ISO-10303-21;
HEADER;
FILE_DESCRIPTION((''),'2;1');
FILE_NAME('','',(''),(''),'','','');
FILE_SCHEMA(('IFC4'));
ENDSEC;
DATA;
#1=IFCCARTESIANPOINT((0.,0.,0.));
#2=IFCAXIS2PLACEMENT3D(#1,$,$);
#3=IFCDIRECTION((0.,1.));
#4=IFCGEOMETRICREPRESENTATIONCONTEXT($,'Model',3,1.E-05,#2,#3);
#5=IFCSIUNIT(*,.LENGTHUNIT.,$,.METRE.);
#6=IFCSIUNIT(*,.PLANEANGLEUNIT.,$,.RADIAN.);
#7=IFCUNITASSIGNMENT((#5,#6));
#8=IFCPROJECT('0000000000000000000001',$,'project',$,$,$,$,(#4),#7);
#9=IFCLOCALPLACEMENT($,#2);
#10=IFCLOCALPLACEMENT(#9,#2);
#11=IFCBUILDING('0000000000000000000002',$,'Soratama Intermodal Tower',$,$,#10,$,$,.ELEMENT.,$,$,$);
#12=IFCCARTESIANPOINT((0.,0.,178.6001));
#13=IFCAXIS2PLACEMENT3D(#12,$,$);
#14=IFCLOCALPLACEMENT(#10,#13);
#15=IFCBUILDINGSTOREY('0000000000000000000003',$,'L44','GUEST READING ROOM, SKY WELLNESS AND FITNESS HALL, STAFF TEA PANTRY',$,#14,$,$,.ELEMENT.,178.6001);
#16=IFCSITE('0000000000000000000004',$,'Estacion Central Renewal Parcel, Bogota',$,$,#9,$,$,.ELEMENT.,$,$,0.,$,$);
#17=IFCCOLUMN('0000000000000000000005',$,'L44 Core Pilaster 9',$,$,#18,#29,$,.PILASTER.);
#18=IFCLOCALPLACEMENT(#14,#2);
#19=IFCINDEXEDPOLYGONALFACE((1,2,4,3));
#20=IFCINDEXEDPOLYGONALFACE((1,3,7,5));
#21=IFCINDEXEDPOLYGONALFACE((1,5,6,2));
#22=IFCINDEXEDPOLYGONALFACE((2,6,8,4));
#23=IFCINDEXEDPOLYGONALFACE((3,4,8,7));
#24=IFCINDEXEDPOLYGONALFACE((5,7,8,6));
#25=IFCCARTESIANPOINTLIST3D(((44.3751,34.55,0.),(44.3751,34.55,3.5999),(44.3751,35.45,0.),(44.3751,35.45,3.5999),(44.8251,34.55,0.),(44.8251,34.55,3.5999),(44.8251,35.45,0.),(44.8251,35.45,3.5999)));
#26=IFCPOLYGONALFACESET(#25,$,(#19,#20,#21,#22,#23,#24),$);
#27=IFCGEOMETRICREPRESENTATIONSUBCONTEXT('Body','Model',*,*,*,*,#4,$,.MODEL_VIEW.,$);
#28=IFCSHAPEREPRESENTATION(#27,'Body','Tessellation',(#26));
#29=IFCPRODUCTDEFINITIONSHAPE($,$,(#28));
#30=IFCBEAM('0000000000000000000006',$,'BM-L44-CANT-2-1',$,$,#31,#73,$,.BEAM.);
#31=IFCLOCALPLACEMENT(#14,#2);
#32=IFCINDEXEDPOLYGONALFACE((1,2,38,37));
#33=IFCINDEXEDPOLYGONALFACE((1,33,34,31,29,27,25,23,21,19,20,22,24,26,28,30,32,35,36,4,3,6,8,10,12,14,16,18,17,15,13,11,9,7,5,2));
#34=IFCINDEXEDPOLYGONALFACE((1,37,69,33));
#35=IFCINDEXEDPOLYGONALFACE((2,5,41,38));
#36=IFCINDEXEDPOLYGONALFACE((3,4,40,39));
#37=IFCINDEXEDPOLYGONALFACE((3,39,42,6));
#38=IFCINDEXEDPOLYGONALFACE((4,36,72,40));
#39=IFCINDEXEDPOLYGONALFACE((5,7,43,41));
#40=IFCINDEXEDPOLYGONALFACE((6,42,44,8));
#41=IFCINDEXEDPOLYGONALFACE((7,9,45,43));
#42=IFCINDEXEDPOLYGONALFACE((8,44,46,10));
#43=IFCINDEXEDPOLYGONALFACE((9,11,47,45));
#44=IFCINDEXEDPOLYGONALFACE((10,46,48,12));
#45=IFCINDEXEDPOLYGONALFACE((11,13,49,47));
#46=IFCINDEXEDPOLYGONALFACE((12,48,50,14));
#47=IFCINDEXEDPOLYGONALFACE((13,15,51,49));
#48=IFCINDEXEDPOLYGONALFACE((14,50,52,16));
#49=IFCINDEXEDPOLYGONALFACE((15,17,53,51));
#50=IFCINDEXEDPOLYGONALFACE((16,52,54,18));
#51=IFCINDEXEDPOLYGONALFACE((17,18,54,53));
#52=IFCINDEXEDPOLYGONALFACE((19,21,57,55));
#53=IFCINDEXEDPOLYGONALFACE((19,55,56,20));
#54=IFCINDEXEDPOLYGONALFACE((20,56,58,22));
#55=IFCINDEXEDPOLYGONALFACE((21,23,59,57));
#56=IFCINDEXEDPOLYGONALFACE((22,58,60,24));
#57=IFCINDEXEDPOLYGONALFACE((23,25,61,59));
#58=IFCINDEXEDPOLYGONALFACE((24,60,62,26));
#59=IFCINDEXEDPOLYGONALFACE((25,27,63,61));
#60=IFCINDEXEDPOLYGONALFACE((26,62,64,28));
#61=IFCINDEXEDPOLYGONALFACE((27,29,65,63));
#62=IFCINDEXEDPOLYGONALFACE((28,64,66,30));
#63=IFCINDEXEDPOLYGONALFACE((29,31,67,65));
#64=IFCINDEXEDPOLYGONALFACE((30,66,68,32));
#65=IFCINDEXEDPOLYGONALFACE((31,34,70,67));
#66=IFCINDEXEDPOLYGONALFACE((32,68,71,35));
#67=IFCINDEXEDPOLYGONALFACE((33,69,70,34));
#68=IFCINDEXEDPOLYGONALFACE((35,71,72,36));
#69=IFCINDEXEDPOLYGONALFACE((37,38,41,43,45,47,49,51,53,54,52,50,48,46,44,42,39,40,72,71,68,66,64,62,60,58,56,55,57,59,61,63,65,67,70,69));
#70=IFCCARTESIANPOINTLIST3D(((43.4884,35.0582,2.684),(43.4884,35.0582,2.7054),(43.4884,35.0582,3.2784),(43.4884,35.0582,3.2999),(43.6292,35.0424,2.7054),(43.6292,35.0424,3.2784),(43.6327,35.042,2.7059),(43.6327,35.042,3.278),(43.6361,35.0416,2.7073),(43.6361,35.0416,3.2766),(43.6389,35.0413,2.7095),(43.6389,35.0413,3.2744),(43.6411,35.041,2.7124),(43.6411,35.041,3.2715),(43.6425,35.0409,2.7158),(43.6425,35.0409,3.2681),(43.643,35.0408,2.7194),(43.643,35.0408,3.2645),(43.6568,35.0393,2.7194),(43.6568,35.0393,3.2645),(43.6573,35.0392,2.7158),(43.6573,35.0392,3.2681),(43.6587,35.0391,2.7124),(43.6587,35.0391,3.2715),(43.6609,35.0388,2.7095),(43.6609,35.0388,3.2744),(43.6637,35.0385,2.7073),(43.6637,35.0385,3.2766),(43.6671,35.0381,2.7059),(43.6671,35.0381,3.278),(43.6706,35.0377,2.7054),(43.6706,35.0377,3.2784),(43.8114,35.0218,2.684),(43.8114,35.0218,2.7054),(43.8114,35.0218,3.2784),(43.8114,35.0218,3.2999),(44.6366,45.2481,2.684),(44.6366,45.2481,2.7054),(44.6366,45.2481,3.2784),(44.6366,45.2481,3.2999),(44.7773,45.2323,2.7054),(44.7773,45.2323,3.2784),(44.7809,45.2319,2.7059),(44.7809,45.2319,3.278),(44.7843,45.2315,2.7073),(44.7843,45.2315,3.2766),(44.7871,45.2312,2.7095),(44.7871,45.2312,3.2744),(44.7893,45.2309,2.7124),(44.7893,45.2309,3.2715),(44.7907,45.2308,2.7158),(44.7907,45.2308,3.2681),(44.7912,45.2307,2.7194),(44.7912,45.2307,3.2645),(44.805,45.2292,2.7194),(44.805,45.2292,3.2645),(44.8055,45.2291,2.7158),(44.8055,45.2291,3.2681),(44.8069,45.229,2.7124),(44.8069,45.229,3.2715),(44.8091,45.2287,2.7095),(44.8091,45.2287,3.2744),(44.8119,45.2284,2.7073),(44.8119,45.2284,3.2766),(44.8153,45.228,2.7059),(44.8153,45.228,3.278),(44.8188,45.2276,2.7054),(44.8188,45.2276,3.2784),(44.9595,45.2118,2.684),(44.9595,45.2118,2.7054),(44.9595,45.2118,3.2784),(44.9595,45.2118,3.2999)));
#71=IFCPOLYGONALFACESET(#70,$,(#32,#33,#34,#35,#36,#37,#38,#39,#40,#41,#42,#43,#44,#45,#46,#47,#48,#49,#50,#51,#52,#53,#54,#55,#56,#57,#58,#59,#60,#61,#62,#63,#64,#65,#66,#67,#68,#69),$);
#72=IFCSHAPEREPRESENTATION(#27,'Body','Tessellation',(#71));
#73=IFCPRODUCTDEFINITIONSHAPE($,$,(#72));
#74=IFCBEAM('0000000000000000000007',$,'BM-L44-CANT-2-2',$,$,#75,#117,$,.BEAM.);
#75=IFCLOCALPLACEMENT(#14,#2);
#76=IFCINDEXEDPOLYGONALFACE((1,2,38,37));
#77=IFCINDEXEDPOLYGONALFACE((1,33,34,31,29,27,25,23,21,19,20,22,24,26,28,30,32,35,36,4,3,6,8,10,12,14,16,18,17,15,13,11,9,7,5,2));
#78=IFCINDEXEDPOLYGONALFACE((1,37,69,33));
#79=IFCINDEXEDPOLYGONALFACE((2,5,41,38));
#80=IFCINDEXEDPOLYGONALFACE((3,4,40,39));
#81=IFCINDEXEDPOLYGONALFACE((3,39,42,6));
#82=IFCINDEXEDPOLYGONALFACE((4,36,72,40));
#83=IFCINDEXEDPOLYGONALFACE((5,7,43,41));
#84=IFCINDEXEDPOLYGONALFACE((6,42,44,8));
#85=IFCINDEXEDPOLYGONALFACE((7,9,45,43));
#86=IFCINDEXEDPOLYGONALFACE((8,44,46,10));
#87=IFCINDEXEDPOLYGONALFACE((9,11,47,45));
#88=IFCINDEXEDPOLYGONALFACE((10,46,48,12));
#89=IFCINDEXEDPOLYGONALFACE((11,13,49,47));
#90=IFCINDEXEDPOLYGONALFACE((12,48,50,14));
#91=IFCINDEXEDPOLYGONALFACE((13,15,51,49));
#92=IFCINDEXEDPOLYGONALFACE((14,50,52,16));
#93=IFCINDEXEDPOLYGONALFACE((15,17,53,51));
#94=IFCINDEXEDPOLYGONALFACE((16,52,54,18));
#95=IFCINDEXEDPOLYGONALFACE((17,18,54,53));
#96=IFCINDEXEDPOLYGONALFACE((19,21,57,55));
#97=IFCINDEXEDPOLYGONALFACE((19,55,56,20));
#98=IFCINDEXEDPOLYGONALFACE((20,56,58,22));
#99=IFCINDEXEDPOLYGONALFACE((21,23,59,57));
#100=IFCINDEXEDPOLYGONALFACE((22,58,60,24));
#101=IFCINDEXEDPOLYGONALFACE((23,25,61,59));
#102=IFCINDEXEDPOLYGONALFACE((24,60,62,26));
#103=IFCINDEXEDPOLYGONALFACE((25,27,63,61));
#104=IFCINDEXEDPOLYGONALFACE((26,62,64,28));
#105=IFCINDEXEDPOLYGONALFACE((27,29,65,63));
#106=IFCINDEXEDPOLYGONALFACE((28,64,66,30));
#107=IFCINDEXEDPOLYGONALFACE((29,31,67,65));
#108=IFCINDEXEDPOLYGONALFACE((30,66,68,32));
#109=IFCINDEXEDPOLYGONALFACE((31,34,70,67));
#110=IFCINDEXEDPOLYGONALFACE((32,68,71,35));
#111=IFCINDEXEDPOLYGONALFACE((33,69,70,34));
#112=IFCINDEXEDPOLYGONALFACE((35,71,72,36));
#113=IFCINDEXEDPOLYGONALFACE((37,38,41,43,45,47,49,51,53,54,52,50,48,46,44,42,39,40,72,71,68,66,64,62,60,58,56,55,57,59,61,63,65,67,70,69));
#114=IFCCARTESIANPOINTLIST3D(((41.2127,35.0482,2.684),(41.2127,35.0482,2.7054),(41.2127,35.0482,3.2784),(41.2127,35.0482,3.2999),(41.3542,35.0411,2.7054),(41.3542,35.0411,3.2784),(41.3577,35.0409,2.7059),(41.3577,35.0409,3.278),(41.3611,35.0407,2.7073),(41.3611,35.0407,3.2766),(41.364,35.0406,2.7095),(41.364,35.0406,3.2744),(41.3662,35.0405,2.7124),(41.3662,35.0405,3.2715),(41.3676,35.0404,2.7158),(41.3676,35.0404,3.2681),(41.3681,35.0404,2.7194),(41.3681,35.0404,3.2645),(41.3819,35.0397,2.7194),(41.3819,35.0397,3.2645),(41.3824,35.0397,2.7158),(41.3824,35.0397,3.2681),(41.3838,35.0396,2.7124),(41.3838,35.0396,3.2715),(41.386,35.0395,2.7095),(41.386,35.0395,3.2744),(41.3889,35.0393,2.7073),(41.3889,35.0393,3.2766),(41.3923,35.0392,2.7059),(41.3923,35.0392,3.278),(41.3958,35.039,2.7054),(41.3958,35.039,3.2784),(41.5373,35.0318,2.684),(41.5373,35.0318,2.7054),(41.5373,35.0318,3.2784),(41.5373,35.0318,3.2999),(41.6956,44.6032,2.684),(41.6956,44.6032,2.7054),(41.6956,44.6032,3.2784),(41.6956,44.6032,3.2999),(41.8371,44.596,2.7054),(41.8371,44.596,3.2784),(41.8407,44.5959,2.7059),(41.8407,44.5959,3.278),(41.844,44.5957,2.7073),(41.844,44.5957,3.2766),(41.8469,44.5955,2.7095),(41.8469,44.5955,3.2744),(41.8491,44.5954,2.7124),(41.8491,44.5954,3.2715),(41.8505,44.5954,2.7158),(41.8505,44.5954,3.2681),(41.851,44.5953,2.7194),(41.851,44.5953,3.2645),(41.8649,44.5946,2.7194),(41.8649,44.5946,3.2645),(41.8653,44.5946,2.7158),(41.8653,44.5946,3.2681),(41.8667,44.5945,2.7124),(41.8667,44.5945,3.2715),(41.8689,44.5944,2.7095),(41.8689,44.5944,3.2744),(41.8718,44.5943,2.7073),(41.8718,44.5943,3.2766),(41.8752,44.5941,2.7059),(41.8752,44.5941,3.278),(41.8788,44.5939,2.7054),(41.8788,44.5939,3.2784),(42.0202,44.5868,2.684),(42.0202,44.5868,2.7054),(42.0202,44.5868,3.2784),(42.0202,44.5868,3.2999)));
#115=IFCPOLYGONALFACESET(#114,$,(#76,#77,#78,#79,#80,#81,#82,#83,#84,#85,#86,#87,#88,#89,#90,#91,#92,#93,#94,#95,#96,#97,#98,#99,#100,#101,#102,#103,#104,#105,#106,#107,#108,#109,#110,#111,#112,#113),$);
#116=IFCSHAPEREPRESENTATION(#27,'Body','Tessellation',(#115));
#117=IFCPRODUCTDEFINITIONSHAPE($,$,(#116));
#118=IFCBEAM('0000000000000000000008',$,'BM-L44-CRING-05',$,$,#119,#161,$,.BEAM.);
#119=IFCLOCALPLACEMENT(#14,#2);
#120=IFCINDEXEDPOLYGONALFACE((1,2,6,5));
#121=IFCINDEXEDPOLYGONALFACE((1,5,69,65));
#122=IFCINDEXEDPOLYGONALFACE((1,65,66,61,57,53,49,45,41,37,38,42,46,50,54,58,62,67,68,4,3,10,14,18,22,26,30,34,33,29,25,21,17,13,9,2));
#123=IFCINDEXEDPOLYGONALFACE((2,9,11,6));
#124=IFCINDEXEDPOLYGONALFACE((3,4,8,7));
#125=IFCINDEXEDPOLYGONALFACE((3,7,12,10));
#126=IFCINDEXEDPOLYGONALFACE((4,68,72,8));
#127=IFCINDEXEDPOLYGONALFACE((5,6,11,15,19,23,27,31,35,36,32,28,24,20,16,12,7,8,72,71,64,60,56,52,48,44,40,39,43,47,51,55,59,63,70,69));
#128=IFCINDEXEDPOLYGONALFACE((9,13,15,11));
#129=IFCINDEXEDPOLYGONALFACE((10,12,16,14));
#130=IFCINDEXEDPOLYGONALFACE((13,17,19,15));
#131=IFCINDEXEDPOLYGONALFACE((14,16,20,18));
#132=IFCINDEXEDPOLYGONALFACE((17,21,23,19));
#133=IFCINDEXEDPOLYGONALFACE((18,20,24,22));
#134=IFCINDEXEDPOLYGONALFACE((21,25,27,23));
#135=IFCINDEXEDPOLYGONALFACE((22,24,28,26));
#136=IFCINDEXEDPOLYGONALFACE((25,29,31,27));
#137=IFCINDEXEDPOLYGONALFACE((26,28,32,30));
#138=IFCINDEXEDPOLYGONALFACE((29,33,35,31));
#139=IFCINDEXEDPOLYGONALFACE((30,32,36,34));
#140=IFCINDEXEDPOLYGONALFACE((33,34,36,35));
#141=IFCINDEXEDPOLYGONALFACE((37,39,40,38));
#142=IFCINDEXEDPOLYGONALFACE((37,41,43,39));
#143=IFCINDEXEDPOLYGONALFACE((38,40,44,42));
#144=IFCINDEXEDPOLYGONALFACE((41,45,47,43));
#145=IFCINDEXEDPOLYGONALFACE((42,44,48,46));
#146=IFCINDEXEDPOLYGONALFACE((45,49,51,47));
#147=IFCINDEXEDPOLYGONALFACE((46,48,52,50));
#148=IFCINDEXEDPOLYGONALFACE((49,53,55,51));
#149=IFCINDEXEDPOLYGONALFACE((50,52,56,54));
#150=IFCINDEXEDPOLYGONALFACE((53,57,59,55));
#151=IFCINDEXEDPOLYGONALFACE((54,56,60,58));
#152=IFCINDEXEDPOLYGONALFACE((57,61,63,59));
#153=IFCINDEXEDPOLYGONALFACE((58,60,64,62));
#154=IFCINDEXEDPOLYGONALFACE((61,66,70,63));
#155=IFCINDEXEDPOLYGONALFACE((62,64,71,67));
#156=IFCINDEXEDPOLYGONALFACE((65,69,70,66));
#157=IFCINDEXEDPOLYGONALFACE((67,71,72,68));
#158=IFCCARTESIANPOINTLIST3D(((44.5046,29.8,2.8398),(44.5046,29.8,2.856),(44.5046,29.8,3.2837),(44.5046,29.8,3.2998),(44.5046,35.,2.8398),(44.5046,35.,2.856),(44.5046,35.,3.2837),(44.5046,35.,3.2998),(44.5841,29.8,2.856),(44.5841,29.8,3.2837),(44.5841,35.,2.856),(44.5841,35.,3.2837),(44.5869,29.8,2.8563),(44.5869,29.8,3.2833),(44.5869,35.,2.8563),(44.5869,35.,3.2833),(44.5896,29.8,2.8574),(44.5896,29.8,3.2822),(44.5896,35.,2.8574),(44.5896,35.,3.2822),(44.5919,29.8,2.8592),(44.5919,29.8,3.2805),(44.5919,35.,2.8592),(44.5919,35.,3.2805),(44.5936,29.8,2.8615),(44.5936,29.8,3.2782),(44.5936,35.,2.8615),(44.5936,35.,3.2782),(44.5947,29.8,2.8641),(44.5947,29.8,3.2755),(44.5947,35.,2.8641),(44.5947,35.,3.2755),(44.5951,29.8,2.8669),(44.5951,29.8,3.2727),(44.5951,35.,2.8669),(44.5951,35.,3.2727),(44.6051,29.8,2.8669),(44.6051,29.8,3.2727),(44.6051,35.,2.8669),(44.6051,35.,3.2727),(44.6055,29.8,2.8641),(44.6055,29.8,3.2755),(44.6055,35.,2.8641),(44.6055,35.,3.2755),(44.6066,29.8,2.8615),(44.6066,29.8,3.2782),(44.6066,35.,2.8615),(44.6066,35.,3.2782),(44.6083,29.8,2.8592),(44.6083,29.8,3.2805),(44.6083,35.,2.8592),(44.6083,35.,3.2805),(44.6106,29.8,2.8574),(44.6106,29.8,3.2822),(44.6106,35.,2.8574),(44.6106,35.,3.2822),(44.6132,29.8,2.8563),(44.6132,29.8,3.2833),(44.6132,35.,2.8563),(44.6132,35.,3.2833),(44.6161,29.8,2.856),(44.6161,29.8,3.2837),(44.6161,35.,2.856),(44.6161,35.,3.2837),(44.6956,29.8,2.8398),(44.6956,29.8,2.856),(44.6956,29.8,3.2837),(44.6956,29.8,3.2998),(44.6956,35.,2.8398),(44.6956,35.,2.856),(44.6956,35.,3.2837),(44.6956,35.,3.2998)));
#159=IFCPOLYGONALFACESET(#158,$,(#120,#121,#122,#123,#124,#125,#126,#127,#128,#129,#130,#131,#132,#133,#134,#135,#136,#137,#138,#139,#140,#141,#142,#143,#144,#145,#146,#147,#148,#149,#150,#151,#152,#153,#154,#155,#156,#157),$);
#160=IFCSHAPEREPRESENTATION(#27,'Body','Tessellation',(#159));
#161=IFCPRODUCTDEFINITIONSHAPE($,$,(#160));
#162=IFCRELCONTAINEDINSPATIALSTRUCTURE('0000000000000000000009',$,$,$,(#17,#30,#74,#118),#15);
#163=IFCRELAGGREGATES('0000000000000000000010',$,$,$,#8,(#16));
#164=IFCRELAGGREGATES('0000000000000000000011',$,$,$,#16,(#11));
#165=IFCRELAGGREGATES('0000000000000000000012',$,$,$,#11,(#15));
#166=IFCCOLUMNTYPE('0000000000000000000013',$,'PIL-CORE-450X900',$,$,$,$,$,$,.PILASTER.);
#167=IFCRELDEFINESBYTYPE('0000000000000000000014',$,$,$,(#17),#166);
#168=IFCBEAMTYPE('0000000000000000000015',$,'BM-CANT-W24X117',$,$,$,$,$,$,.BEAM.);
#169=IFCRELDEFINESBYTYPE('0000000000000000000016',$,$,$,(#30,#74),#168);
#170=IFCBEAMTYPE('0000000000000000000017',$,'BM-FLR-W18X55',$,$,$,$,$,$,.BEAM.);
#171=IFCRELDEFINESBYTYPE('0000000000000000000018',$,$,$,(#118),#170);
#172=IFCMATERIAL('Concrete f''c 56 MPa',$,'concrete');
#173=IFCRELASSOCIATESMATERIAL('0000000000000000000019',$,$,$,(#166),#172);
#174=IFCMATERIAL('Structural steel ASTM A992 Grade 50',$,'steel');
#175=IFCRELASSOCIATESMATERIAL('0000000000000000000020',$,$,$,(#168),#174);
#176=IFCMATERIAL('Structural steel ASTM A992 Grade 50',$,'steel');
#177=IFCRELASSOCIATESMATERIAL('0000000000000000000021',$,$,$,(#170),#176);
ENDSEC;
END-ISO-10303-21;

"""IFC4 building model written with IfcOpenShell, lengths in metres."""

from ifc_helpers import new_model, si_unit, direction, frame, origin, origin_2d, place, context, subcontext, project, spatial, rectangle, i_section, extrude, material, material_profile, profile_set, type_object, element, save


model = new_model("IFC4")

# Units and contexts
model_context = context("Model", 3, precision=1e-05, world=origin(), true_north=direction((0.0, 1.0)))
body_context = subcontext(model_context, "Body", "Model", "MODEL_VIEW")
ifc_project = project(units=[si_unit("LENGTHUNIT", "METRE"), si_unit("PLANEANGLEUNIT", "RADIAN")], contexts=[model_context])

# Site, building, storey
site_placement = place(None, origin())
site = spatial("IfcSite", under=ifc_project, at=site_placement, Name="Estacion Central Renewal Parcel, Bogota", CompositionType="ELEMENT", RefElevation=0.0)
building_placement = place(site_placement, origin())
building = spatial("IfcBuilding", under=site, at=building_placement, Name="Soratama Intermodal Tower", CompositionType="ELEMENT")
storey_placement = place(building_placement, frame((0.0, 0.0, 178.6001)))
storey = spatial("IfcBuildingStorey", under=building, at=storey_placement, Name="L44", Description="GUEST READING ROOM, SKY WELLNESS AND FITNESS HALL, STAFF TEA PANTRY", CompositionType="ELEMENT", Elevation=178.6001)

# Column
ifc_material_1 = material(Name="Concrete f'c 56 MPa", Category="concrete")
ifc_material_profile_1 = material_profile(ifc_material_1, rectangle(XDim=0.45, YDim=0.8999, at=origin_2d()), Name="RC450X900")
ifc_profile_set_1 = profile_set([ifc_material_profile_1], Name="Concrete f'c 56 MPa")
column_type = type_object("IfcColumnType", Name="PIL-CORE-450X900", PredefinedType="PILASTER", material=ifc_profile_set_1)
column_placement = place(storey_placement, frame((44.6001, 35.0, 0.0), z_axis=(0.0, 0.0, 1.0), x_axis=(1.0, 0.0, 0.0)))
element("IfcColumn", 1, at=column_placement, inside=storey, type_object=column_type, Name="L44 Core Pilaster 9", PredefinedType="PILASTER", context=body_context, shape_type="SweptSolid", body=[
    extrude(rectangle(XDim=0.45, YDim=0.8999, at=origin_2d()), origin(), (0.0, 0.0, 1.0), 3.5999),
])

# Beams
ifc_material_2 = material(Name="Structural steel ASTM A992 Grade 50", Category="steel")
ifc_material_profile_2 = material_profile(ifc_material_2, i_section(OverallWidth=0.325, OverallDepth=0.616, WebThickness=0.0139, FlangeThickness=0.0215, FilletRadius=0.0139, at=origin_2d()), Name="W24X117")
ifc_profile_set_2 = profile_set([ifc_material_profile_2], Name="Structural steel ASTM A992 Grade 50")
beam_type_1 = type_object("IfcBeamType", Name="BM-CANT-W24X117", PredefinedType="BEAM", material=ifc_profile_set_2)
beam_1_placement = place(storey_placement, frame((43.6499, 35.04, 2.9919), z_axis=(0.111971, 0.993712, 0.0), x_axis=(-0.993712, 0.111971, 0.0)))
element("IfcBeam", 2, at=beam_1_placement, inside=storey, type_object=beam_type_1, Name="BM-L44-CANT-2-1", PredefinedType="BEAM", context=body_context, shape_type="SweptSolid", body=[
    extrude(i_section(OverallWidth=0.325, OverallDepth=0.616, WebThickness=0.0139, FlangeThickness=0.0215, FilletRadius=0.0139, at=origin_2d()), origin(), (0.0, 0.0, 1.0), 10.2544),
])
beam_2_placement = place(storey_placement, frame((41.375, 35.04, 2.9919), z_axis=(0.050476, 0.998725, 0.0), x_axis=(-0.998725, 0.050476, 0.0)))
element("IfcBeam", 3, at=beam_2_placement, inside=storey, type_object=beam_type_1, Name="BM-L44-CANT-2-2", PredefinedType="BEAM", context=body_context, shape_type="SweptSolid", body=[
    extrude(i_section(OverallWidth=0.325, OverallDepth=0.616, WebThickness=0.0139, FlangeThickness=0.0215, FilletRadius=0.0139, at=origin_2d()), origin(), (0.0, 0.0, 1.0), 9.5671),
])
ifc_material_3 = material(Name="Structural steel ASTM A992 Grade 50", Category="steel")
ifc_material_profile_3 = material_profile(ifc_material_3, i_section(OverallWidth=0.1909, OverallDepth=0.46, WebThickness=0.01, FlangeThickness=0.0161, FilletRadius=0.011, at=origin_2d()), Name="W18X55")
ifc_profile_set_3 = profile_set([ifc_material_profile_3], Name="Structural steel ASTM A992 Grade 50")
beam_type_2 = type_object("IfcBeamType", Name="BM-FLR-W18X55", PredefinedType="BEAM", material=ifc_profile_set_3)
beam_3_placement = place(storey_placement, frame((44.6001, 29.8, 3.0698), z_axis=(0.0, 1.0, 0.0), x_axis=(-1.0, 0.0, 0.0)))
element("IfcBeam", 4, at=beam_3_placement, inside=storey, type_object=beam_type_2, Name="BM-L44-CRING-05", PredefinedType="BEAM", context=body_context, shape_type="SweptSolid", body=[
    extrude(i_section(OverallWidth=0.1909, OverallDepth=0.46, WebThickness=0.01, FlangeThickness=0.0161, FilletRadius=0.011, at=origin_2d()), origin(), (0.0, 0.0, 1.0), 5.2),
])

save(model, "model.ifc")
